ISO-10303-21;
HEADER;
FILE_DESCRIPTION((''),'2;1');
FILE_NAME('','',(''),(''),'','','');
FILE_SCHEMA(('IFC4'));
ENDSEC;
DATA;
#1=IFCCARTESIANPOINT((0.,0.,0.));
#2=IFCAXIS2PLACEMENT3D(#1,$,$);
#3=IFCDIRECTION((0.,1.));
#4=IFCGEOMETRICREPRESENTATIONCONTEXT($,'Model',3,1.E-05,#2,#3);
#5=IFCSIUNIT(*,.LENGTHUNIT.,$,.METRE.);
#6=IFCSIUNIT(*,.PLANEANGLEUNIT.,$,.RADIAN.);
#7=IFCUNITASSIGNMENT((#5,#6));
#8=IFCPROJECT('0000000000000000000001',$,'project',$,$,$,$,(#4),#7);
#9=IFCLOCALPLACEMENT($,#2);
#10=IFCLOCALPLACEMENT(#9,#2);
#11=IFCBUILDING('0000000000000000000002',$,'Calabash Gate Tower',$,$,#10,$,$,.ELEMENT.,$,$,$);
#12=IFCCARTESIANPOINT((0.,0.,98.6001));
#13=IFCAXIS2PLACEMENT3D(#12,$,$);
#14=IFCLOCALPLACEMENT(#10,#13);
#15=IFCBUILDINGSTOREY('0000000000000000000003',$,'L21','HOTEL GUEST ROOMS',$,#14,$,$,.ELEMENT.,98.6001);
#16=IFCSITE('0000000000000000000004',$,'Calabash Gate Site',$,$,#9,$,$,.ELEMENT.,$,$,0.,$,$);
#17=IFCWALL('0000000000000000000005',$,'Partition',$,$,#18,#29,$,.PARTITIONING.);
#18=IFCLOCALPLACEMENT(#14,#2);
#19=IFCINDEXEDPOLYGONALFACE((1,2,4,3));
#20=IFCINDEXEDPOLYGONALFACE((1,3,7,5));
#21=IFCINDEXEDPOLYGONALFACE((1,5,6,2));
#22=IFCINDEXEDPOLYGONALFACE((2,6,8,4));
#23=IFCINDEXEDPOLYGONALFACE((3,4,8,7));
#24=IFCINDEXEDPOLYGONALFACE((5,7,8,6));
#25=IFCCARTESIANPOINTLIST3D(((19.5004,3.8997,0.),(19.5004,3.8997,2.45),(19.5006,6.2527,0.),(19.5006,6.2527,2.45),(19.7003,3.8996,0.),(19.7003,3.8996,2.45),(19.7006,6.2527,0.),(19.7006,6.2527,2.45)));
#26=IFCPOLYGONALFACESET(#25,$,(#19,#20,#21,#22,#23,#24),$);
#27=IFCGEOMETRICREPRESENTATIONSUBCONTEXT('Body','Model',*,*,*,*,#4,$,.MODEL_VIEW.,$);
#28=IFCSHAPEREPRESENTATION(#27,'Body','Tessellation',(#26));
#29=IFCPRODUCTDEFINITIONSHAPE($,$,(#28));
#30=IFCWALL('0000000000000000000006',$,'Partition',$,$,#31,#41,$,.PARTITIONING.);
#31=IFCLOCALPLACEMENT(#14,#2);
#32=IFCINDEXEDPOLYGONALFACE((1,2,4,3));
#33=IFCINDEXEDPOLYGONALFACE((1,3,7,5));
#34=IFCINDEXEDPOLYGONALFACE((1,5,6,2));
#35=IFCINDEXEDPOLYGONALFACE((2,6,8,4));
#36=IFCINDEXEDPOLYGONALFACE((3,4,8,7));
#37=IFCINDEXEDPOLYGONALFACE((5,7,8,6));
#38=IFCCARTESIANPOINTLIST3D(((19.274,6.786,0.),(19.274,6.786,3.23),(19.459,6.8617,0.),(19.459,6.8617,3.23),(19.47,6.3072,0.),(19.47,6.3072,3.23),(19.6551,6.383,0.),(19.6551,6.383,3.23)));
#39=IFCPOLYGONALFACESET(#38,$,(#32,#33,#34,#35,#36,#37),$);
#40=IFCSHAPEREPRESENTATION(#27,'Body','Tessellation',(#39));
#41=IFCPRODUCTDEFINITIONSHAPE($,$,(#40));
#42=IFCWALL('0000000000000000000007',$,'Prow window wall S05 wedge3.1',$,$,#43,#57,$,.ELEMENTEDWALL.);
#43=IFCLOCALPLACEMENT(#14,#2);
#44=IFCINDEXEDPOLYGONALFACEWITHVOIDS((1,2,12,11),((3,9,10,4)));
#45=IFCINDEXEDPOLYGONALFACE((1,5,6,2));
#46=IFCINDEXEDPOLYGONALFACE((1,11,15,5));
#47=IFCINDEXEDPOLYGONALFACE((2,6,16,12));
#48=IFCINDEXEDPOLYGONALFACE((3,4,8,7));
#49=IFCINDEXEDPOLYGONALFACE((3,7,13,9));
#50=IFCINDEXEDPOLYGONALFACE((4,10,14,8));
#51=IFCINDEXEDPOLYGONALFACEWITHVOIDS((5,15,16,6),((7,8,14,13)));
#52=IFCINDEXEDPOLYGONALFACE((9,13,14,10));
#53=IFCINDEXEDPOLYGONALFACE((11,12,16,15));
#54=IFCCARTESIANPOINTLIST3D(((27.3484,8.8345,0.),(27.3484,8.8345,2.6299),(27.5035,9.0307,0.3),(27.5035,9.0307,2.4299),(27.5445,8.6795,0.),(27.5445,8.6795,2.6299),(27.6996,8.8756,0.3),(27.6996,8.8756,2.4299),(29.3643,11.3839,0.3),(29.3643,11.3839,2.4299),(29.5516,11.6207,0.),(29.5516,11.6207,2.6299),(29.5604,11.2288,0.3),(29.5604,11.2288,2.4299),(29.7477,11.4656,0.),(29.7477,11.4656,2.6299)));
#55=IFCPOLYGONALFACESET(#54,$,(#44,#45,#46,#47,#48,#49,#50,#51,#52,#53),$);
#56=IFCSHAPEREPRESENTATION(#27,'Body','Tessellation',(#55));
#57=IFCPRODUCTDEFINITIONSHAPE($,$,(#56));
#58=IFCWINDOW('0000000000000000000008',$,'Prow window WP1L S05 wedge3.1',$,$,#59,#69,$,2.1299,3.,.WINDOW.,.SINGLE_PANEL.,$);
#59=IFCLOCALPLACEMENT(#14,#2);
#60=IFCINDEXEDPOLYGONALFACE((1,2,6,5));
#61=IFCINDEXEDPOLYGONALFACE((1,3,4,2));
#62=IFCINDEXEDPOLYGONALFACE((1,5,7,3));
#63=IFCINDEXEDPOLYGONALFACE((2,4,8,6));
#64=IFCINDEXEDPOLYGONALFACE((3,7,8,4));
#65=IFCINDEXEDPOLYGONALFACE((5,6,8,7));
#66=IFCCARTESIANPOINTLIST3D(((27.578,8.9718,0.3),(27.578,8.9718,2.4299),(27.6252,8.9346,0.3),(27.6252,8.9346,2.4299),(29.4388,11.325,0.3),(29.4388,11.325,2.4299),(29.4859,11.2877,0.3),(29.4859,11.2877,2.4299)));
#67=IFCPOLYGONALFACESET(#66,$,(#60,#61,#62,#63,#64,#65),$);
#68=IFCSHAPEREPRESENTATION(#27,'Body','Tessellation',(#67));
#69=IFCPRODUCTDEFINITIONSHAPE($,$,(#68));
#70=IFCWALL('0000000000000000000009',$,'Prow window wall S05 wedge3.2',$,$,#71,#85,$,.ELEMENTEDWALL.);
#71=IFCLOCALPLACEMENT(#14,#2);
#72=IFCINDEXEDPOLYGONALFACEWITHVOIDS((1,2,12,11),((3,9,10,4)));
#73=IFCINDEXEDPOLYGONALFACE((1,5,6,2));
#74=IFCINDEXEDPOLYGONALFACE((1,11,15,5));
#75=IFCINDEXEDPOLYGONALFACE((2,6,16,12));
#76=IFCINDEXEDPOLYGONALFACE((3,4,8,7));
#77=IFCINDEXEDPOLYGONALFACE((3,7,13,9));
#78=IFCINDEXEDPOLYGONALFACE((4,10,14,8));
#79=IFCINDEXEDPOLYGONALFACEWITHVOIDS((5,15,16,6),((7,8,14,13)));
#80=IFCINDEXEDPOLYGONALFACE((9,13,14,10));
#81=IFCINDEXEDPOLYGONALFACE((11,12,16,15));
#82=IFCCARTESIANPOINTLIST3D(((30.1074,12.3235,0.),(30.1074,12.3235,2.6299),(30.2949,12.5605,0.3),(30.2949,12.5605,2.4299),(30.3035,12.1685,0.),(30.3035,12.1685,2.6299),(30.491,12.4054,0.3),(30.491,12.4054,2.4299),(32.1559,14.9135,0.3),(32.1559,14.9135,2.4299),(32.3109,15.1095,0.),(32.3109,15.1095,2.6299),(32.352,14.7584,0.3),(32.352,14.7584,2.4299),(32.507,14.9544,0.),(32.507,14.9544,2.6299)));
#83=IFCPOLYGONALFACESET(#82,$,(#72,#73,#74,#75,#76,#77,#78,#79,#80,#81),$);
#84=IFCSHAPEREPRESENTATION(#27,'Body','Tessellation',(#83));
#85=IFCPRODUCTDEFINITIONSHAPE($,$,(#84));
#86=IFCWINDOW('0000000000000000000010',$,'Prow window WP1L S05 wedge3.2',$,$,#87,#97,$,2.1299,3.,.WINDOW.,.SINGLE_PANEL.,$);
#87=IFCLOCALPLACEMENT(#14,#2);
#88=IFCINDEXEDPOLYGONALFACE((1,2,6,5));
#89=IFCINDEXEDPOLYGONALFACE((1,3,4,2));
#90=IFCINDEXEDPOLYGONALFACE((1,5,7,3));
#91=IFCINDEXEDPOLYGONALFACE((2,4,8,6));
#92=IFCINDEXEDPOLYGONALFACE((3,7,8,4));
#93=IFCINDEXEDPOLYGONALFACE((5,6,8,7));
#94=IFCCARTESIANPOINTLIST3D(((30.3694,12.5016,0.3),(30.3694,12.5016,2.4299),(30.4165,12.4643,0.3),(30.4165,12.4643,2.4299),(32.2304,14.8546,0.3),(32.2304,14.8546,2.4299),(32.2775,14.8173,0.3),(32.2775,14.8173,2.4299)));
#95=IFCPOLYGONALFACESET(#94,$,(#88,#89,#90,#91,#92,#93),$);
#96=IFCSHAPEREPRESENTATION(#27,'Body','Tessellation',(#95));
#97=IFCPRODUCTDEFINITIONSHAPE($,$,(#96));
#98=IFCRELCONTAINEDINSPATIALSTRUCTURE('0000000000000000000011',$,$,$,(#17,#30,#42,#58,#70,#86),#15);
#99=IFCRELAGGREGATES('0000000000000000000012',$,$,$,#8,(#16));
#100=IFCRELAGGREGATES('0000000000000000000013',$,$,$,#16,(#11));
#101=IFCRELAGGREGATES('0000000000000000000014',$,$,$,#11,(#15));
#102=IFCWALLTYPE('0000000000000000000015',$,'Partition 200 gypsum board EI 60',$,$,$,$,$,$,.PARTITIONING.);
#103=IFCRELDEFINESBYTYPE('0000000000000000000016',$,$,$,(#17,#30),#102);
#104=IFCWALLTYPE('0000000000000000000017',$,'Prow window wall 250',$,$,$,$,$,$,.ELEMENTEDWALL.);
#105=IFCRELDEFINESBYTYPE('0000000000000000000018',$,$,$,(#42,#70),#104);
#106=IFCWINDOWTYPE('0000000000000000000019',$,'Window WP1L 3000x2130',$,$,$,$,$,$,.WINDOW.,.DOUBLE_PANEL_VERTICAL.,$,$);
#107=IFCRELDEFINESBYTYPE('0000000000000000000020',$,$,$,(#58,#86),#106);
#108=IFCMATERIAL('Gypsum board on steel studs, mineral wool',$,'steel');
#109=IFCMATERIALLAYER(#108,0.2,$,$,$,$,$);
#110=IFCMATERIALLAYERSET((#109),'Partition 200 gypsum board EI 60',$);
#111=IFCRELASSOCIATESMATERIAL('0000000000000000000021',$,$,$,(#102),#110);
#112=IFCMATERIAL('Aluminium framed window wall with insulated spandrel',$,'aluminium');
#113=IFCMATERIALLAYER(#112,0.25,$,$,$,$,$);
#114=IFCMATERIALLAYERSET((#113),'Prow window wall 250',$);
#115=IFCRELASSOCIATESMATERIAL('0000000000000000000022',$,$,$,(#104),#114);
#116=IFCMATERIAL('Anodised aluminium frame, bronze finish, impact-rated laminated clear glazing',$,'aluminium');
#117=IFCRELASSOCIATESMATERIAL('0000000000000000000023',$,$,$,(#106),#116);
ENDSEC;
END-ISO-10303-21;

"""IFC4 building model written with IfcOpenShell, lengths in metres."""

from ifc_helpers import new_model, si_unit, direction, frame, frame_2d, origin, place, context, subcontext, project, spatial, rectangle, extrude, material, layer, layer_set, type_object, element, fill, save


model = new_model("IFC4")

# Units and contexts
model_context = context("Model", 3, precision=1e-05, world=origin(), true_north=direction((0.0, 1.0)))
body_context = subcontext(model_context, "Body", "Model", "MODEL_VIEW")
ifc_project = project(units=[si_unit("LENGTHUNIT", "METRE"), si_unit("PLANEANGLEUNIT", "RADIAN")], contexts=[model_context])

# Site, building, storey
site_placement = place(None, origin())
site = spatial("IfcSite", under=ifc_project, at=site_placement, Name="Calabash Gate Site", CompositionType="ELEMENT", RefElevation=0.0)
building_placement = place(site_placement, origin())
building = spatial("IfcBuilding", under=site, at=building_placement, Name="Calabash Gate Tower", CompositionType="ELEMENT")
storey_placement = place(building_placement, frame((0.0, 0.0, 98.6001)))
storey = spatial("IfcBuildingStorey", under=building, at=storey_placement, Name="L21", Description="HOTEL GUEST ROOMS", CompositionType="ELEMENT", Elevation=98.6001)

# Walls
ifc_material_1 = material(Name="Gypsum board on steel studs, mineral wool", Category="steel")
ifc_layer_1 = layer(ifc_material_1, 0.2)
ifc_layer_set_1 = layer_set([ifc_layer_1], Name="Partition 200 gypsum board EI 60")
wall_type_1 = type_object("IfcWallType", Name="Partition 200 gypsum board EI 60", PredefinedType="PARTITIONING", material=ifc_layer_set_1)
wall_1_placement = place(storey_placement, frame((19.6003, 3.8997, 0.0), z_axis=(0.0, 0.0, 1.0), x_axis=(0.000104, 1.0, 0.0)))
element("IfcWall", 1, at=wall_1_placement, inside=storey, type_object=wall_type_1, Name="Partition", PredefinedType="PARTITIONING", context=body_context, shape_type="SweptSolid", body=[
    extrude(rectangle(XDim=2.353, YDim=0.2, at=frame_2d((1.1765, 0.0))), origin(), (0.0, 0.0, 1.0), 2.45),
])
wall_2_placement = place(storey_placement, frame((19.3665, 6.824, 0.0), z_axis=(0.0, 0.0, 1.0), x_axis=(0.378945, -0.925419, 0.0)))
element("IfcWall", 2, at=wall_2_placement, inside=storey, type_object=wall_type_1, Name="Partition", PredefinedType="PARTITIONING", context=body_context, shape_type="SweptSolid", body=[
    extrude(rectangle(XDim=0.5173, YDim=0.2, at=frame_2d((0.2588, 0.0))), origin(), (0.0, 0.0, 1.0), 3.23),
])

# Walls, openings, windows
ifc_material_2 = material(Name="Aluminium framed window wall with insulated spandrel", Category="aluminium")
ifc_layer_2 = layer(ifc_material_2, 0.25)
ifc_layer_set_2 = layer_set([ifc_layer_2], Name="Prow window wall 250")
wall_type_2 = type_object("IfcWallType", Name="Prow window wall 250", PredefinedType="ELEMENTEDWALL", material=ifc_layer_set_2)
wall_3_placement = place(storey_placement, frame((27.4465, 8.7571, 0.0), z_axis=(0.0, 0.0, 1.0), x_axis=(0.620259, 0.784397, 0.0)))
wall_3 = element("IfcWall", 3, at=wall_3_placement, inside=storey, type_object=wall_type_2, Name="Prow window wall S05 wedge3.1", PredefinedType="ELEMENTEDWALL", context=body_context, shape_type="SweptSolid", body=[
    extrude(rectangle(XDim=3.552, YDim=0.25, at=frame_2d((1.7759, 0.0))), origin(), (0.0, 0.0, 1.0), 2.6299),
])
opening_1_placement = place(wall_3_placement, frame((0.25, 0.0, 0.3)))
opening_1 = element("IfcOpeningElement", 4, at=opening_1_placement, cuts=wall_3, PredefinedType="OPENING", context=body_context, shape_type="SweptSolid", body=[
    extrude(rectangle(XDim=3.0, YDim=2.1299, at=frame_2d((1.5, 1.0649))), frame((0.0, 0.135, 0.0), z_axis=(0.0, -1.0, 0.0), x_axis=(1.0, 0.0, 0.0)), (0.0, 0.0, 1.0), 0.27),
])
ifc_material_3 = material(Name="Anodised aluminium frame, bronze finish, impact-rated laminated clear glazing", Category="aluminium")
window_type = type_object("IfcWindowType", Name="Window WP1L 3000x2130", PartitioningType="DOUBLE_PANEL_VERTICAL", PredefinedType="WINDOW", material=ifc_material_3)
window_1_placement = place(opening_1_placement, origin())
window_1 = element("IfcWindow", 5, at=window_1_placement, inside=storey, type_object=window_type, Name="Prow window WP1L S05 wedge3.1", OverallHeight=2.1299, OverallWidth=3.0, PartitioningType="SINGLE_PANEL", PredefinedType="WINDOW", context=body_context, shape_type="SweptSolid", body=[
    extrude(rectangle(XDim=3.0, YDim=2.1299, at=frame_2d((1.5, 1.0649))), frame((0.0, 0.03, 0.0), z_axis=(0.0, -1.0, 0.0), x_axis=(1.0, 0.0, 0.0)), (0.0, 0.0, 1.0), 0.0601),
])
fill(opening_1, window_1)
wall_4_placement = place(storey_placement, frame((30.2056, 12.2461, 0.0), z_axis=(0.0, 0.0, 1.0), x_axis=(0.620335, 0.784337, 0.0)))
wall_4 = element("IfcWall", 6, at=wall_4_placement, inside=storey, type_object=wall_type_2, Name="Prow window wall S05 wedge3.2", PredefinedType="ELEMENTEDWALL", context=body_context, shape_type="SweptSolid", body=[
    extrude(rectangle(XDim=3.552, YDim=0.25, at=frame_2d((1.7759, 0.0))), origin(), (0.0, 0.0, 1.0), 2.6299),
])
opening_2_placement = place(wall_4_placement, frame((0.302, 0.0, 0.3)))
opening_2 = element("IfcOpeningElement", 7, at=opening_2_placement, cuts=wall_4, PredefinedType="OPENING", context=body_context, shape_type="SweptSolid", body=[
    extrude(rectangle(XDim=3.0, YDim=2.1299, at=frame_2d((1.5, 1.0649))), frame((0.0, 0.135, 0.0), z_axis=(0.0, -1.0, 0.0), x_axis=(1.0, 0.0, 0.0)), (0.0, 0.0, 1.0), 0.27),
])
window_2_placement = place(opening_2_placement, origin())
window_2 = element("IfcWindow", 8, at=window_2_placement, inside=storey, type_object=window_type, Name="Prow window WP1L S05 wedge3.2", OverallHeight=2.1299, OverallWidth=3.0, PartitioningType="SINGLE_PANEL", PredefinedType="WINDOW", context=body_context, shape_type="SweptSolid", body=[
    extrude(rectangle(XDim=3.0, YDim=2.1299, at=frame_2d((1.5, 1.0649))), frame((0.0, 0.03, 0.0), z_axis=(0.0, -1.0, 0.0), x_axis=(1.0, 0.0, 0.0)), (0.0, 0.0, 1.0), 0.0601),
])
fill(opening_2, window_2)

save(model, "model.ifc")
